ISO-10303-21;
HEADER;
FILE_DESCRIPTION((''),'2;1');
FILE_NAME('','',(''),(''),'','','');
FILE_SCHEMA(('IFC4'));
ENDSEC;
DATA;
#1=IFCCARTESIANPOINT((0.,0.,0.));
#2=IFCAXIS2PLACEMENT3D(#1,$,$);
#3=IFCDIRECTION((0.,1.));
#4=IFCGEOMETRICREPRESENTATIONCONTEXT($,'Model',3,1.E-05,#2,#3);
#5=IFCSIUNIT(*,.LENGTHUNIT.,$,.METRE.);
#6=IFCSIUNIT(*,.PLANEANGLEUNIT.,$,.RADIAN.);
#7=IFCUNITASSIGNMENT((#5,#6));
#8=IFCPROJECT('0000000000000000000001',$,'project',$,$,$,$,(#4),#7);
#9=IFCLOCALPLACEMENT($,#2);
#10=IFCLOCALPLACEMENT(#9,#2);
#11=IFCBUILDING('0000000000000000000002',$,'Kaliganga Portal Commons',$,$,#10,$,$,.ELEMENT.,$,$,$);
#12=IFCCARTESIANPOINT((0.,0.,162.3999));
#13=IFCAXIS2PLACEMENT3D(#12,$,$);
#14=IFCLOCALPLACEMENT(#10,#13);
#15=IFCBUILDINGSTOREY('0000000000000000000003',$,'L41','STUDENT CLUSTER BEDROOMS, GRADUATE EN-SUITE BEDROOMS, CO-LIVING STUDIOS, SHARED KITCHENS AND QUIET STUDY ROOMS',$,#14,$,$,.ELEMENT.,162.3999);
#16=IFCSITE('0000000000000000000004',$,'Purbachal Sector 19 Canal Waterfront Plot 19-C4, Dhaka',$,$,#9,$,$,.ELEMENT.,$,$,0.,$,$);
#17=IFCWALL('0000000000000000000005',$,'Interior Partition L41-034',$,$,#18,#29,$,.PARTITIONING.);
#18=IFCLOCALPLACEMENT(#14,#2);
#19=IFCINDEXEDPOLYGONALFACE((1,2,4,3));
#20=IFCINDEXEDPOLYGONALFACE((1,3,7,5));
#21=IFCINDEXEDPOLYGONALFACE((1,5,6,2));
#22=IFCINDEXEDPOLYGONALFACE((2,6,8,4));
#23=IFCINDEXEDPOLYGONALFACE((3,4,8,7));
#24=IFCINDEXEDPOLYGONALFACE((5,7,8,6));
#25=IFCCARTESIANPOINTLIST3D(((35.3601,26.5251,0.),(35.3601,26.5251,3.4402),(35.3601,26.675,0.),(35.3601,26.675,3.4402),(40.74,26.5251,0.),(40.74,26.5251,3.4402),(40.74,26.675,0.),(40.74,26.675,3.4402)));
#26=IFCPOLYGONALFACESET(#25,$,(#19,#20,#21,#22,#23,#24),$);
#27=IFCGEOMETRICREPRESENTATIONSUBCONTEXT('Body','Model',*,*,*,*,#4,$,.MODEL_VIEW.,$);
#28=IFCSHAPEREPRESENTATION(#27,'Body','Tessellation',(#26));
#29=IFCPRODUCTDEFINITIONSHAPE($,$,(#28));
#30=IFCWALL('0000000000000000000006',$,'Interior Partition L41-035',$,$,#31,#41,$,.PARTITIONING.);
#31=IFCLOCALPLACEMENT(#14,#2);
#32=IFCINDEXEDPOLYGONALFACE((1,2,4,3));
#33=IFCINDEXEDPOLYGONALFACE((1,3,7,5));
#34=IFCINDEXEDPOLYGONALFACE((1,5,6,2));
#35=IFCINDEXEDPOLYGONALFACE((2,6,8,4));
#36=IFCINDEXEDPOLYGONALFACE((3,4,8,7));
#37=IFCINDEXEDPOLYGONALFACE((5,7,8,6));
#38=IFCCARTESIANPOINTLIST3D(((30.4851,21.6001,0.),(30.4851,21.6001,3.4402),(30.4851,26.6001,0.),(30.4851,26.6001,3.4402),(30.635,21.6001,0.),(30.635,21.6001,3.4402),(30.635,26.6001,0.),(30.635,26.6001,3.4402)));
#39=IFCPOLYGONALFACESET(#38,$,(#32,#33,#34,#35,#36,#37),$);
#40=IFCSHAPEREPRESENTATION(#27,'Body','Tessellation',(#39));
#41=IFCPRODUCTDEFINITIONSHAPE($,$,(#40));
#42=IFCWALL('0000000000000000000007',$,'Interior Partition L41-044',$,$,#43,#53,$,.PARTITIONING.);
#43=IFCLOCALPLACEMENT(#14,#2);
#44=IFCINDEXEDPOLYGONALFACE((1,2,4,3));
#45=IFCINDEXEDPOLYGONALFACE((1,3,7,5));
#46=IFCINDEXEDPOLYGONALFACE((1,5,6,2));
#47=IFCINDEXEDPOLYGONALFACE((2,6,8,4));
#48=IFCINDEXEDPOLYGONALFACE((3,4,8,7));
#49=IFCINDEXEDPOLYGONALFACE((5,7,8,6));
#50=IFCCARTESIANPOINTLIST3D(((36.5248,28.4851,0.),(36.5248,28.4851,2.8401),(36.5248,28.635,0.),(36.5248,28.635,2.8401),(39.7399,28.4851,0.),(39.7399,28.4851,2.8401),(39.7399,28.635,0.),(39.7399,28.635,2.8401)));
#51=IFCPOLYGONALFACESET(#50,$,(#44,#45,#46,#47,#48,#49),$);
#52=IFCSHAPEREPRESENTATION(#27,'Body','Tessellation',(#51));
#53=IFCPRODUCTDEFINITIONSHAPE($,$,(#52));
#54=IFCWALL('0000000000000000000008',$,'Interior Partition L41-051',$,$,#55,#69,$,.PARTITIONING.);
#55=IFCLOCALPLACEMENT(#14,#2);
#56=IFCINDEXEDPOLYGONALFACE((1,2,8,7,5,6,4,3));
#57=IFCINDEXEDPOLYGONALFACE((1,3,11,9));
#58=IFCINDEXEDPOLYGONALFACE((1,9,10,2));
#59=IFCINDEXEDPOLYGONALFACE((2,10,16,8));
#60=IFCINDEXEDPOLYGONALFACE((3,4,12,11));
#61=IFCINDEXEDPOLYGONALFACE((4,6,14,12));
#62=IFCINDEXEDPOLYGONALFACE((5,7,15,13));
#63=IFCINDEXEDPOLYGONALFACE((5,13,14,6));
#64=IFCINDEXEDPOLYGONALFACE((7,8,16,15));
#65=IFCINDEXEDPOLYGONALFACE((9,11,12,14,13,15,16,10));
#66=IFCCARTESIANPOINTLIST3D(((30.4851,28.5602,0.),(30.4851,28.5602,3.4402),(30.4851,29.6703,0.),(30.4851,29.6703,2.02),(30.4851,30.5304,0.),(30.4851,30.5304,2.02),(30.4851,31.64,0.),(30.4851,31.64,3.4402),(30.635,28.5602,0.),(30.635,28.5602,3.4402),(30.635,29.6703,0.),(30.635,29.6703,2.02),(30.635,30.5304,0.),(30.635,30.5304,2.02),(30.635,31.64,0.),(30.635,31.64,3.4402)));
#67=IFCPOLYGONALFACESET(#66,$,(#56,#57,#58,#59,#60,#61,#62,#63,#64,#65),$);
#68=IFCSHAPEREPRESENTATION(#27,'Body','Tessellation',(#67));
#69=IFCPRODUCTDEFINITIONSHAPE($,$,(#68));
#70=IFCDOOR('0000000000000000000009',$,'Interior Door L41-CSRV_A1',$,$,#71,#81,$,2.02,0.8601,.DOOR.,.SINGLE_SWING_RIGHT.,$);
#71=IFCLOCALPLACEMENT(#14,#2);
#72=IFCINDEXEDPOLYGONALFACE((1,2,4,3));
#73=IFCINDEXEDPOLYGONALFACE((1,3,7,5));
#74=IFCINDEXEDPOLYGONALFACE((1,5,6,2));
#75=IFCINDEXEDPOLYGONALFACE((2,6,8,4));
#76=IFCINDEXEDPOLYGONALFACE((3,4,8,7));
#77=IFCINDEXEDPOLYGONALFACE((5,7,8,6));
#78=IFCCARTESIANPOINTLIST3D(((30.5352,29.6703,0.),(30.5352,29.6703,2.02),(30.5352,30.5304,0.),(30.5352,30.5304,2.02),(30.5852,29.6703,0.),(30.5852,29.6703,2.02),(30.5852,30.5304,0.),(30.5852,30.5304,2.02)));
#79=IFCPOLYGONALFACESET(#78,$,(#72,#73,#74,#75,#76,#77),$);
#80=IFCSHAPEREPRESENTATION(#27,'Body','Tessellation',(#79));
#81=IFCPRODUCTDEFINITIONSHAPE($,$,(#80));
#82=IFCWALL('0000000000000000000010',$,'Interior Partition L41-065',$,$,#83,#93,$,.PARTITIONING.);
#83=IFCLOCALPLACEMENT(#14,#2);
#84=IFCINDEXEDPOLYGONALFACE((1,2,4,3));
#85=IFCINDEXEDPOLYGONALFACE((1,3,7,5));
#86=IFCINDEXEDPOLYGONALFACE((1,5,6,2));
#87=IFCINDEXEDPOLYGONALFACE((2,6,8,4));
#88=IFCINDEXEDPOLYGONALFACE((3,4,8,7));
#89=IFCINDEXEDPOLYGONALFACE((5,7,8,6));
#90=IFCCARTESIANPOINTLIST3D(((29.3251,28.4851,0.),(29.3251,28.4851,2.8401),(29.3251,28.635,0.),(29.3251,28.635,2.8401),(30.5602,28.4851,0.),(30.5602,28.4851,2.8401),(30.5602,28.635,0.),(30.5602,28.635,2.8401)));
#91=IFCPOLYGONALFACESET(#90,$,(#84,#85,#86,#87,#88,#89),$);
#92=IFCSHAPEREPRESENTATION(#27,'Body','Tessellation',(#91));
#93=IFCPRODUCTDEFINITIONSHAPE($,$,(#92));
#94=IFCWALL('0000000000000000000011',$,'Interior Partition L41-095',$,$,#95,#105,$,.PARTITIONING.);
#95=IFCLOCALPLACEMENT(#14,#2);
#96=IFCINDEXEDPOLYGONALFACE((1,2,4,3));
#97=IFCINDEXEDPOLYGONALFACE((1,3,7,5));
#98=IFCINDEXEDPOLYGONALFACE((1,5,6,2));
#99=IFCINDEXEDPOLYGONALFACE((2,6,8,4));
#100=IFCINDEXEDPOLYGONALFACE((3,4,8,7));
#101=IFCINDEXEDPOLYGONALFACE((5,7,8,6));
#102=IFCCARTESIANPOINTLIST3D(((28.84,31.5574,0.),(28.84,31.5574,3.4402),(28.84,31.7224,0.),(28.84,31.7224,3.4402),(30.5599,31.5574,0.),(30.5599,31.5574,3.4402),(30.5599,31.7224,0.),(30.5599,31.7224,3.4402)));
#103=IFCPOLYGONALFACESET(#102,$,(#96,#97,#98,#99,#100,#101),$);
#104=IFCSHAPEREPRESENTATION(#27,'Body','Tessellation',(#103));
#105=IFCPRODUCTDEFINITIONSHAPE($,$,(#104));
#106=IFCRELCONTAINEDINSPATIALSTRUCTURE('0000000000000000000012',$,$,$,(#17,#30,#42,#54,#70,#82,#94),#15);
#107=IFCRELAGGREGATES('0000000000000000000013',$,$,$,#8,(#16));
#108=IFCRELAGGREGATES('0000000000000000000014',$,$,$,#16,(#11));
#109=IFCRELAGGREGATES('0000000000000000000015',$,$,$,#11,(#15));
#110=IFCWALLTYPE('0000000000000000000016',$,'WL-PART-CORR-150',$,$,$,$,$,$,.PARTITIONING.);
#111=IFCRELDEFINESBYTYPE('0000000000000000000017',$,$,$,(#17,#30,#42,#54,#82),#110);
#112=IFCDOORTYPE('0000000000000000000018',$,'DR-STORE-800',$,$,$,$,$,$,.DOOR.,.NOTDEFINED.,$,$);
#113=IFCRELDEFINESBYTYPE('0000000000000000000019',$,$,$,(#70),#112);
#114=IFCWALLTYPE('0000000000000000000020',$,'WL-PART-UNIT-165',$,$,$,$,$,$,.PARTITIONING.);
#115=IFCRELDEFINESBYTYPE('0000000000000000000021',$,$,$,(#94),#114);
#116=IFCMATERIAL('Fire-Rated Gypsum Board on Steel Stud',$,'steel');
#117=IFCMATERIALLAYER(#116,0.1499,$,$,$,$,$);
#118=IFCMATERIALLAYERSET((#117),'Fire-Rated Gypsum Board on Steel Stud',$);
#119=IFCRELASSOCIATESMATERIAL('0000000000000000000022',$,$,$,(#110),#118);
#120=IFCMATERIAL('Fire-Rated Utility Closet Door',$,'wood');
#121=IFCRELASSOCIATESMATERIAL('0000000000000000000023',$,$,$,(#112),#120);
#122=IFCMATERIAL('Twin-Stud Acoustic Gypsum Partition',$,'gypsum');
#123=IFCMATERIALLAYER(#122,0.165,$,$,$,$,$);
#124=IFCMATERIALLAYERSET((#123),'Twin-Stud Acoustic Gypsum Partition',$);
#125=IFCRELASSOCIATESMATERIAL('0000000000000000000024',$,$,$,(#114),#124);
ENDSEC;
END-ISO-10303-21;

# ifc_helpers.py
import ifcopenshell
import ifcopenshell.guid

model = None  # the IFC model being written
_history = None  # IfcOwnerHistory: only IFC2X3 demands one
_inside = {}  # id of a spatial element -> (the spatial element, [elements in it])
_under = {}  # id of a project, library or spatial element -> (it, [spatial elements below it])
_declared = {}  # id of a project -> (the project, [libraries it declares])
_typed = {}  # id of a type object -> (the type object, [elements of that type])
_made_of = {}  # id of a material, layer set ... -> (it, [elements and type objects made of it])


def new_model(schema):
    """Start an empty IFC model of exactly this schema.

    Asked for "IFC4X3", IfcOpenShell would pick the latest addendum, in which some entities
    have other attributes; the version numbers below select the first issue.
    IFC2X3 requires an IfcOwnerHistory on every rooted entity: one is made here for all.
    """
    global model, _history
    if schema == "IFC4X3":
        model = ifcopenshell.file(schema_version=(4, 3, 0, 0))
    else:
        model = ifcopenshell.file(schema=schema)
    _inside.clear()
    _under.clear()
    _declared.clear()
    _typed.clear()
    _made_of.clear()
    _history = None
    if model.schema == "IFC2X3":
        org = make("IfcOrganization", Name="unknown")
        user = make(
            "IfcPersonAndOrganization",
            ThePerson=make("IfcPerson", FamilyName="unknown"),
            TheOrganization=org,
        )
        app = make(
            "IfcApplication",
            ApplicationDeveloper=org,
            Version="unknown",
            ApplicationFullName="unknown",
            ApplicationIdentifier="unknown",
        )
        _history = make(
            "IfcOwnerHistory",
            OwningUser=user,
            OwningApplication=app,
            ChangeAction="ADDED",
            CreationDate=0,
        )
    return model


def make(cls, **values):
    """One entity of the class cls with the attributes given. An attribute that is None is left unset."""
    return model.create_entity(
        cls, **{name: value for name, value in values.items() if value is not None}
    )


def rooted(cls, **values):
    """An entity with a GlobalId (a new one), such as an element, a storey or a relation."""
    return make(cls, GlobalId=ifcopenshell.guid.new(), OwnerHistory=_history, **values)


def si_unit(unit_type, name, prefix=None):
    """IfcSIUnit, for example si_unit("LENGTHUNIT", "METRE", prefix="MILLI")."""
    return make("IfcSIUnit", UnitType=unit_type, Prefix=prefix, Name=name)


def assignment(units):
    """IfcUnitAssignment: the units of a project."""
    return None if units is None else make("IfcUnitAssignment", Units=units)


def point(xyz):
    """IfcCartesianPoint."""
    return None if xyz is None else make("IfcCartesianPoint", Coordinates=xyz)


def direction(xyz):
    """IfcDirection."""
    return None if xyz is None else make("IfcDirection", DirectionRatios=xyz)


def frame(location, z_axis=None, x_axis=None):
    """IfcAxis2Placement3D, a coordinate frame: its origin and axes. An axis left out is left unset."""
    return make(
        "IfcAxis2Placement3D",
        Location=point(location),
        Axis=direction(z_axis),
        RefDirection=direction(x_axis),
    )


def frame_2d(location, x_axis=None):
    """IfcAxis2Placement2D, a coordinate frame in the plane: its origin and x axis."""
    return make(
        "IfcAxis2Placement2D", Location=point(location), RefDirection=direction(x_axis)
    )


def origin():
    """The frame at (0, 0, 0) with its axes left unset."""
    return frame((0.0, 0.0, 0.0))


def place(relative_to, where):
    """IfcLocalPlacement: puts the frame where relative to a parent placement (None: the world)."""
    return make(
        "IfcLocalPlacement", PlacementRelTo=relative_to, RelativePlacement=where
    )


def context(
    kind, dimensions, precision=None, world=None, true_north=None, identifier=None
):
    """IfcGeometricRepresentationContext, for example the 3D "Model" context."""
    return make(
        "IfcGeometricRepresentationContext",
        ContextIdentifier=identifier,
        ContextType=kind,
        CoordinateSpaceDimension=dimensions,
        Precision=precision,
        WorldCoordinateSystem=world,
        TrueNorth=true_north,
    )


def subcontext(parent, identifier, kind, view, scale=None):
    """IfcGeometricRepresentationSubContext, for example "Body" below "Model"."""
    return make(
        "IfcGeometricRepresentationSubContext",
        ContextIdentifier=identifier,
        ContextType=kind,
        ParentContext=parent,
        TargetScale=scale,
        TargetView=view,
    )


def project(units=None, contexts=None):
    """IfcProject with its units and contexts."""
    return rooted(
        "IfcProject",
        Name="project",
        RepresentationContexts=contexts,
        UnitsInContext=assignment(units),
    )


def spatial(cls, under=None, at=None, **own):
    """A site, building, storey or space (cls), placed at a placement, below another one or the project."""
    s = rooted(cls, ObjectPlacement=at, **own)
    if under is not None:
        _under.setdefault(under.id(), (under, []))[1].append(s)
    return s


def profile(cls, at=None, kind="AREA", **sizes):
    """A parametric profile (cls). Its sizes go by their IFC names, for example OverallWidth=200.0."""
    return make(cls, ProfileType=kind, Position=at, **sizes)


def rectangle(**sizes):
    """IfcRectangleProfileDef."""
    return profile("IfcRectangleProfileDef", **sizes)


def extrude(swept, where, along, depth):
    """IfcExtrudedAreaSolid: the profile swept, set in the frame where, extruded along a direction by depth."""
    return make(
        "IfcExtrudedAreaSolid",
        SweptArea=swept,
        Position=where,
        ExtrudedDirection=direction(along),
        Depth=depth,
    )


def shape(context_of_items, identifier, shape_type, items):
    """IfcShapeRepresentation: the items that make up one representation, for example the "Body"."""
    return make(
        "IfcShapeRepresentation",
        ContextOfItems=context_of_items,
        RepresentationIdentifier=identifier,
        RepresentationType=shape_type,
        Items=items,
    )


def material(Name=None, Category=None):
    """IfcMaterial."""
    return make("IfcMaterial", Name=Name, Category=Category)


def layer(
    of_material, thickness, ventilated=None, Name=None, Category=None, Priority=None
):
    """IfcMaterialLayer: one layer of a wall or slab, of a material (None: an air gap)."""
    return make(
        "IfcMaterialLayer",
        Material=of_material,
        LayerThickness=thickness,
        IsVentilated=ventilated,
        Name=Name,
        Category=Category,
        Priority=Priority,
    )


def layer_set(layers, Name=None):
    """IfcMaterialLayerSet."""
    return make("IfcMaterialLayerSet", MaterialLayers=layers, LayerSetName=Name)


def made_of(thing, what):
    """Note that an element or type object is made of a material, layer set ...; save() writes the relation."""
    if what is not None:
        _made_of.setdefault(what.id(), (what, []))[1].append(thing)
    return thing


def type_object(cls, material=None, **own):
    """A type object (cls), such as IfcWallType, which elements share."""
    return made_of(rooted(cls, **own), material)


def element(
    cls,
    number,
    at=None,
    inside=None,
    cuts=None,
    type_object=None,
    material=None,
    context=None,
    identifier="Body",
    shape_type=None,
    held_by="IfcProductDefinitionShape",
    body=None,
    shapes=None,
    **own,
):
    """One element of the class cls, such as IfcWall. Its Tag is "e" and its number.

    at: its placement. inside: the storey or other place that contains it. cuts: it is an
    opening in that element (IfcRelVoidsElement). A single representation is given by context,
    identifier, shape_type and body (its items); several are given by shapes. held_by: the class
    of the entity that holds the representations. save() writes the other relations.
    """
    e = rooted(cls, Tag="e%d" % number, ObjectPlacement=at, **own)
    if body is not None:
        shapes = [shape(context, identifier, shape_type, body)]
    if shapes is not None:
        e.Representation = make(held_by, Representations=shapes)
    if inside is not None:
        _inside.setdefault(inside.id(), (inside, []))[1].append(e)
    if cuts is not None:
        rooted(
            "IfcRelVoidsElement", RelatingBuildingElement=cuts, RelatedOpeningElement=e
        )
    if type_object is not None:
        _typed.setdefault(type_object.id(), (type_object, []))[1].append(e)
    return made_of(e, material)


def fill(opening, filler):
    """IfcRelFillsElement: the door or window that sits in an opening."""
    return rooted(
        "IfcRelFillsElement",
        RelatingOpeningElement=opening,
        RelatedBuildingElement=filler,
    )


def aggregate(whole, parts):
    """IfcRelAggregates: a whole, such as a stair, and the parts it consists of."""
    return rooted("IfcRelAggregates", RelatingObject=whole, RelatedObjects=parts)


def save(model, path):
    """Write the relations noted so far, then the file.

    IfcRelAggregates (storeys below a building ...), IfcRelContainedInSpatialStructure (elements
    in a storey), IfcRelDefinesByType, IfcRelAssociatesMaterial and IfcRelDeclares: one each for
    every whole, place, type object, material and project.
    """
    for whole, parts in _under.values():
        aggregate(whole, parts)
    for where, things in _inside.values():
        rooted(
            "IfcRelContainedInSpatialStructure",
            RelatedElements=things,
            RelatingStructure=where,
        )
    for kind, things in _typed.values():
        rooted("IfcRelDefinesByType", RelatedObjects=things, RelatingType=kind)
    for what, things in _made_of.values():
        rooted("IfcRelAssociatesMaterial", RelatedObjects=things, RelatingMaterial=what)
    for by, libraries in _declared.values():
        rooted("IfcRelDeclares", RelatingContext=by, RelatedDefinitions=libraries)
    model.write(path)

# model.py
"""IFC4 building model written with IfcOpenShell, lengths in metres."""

from ifc_helpers import new_model, si_unit, direction, frame, frame_2d, origin, place, context, subcontext, project, spatial, rectangle, extrude, material, layer, layer_set, type_object, element, fill, save


model = new_model("IFC4")

# Units and contexts
model_context = context("Model", 3, precision=1e-05, world=origin(), true_north=direction((0.0, 1.0)))
body_context = subcontext(model_context, "Body", "Model", "MODEL_VIEW")
ifc_project = project(units=[si_unit("LENGTHUNIT", "METRE"), si_unit("PLANEANGLEUNIT", "RADIAN")], contexts=[model_context])

# Site, building, storey
site_placement = place(None, origin())
site = spatial("IfcSite", under=ifc_project, at=site_placement, Name="Purbachal Sector 19 Canal Waterfront Plot 19-C4, Dhaka", CompositionType="ELEMENT", RefElevation=0.0)
building_placement = place(site_placement, origin())
building = spatial("IfcBuilding", under=site, at=building_placement, Name="Kaliganga Portal Commons", CompositionType="ELEMENT")
storey_placement = place(building_placement, frame((0.0, 0.0, 162.3999)))
storey = spatial("IfcBuildingStorey", under=building, at=storey_placement, Name="L41", Description="STUDENT CLUSTER BEDROOMS, GRADUATE EN-SUITE BEDROOMS, CO-LIVING STUDIOS, SHARED KITCHENS AND QUIET STUDY ROOMS", CompositionType="ELEMENT", Elevation=162.3999)

# Shared definitions
ifc_material_1 = material(Name="Fire-Rated Gypsum Board on Steel Stud", Category="steel")
ifc_layer_1 = layer(ifc_material_1, 0.1499)
ifc_layer_set_1 = layer_set([ifc_layer_1], Name="Fire-Rated Gypsum Board on Steel Stud")
wall_type_1 = type_object("IfcWallType", Name="WL-PART-CORR-150", PredefinedType="PARTITIONING", material=ifc_layer_set_1)

# Walls
wall_1_placement = place(storey_placement, frame((35.3601, 26.6001, 0.0), z_axis=(0.0, 0.0, 1.0), x_axis=(1.0, 0.0, 0.0)))
element("IfcWall", 1, at=wall_1_placement, inside=storey, type_object=wall_type_1, Name="Interior Partition L41-034", PredefinedType="PARTITIONING", context=body_context, shape_type="SweptSolid", body=[
    extrude(rectangle(XDim=5.3799, YDim=0.1499, at=frame_2d((2.6899, 0.0))), origin(), (0.0, 0.0, 1.0), 3.4402),
])
wall_2_placement = place(storey_placement, frame((30.5601, 21.6001, 0.0), z_axis=(0.0, 0.0, 1.0), x_axis=(0.0, 1.0, 0.0)))
element("IfcWall", 2, at=wall_2_placement, inside=storey, type_object=wall_type_1, Name="Interior Partition L41-035", PredefinedType="PARTITIONING", context=body_context, shape_type="SweptSolid", body=[
    extrude(rectangle(XDim=5.0, YDim=0.1499, at=frame_2d((2.5, 0.0))), origin(), (0.0, 0.0, 1.0), 3.4402),
])

# Wall
wall_3_placement = place(storey_placement, frame((36.5249, 28.5601, 0.0), z_axis=(0.0, 0.0, 1.0), x_axis=(1.0, 0.0, 0.0)))
element("IfcWall", 3, at=wall_3_placement, inside=storey, type_object=wall_type_1, Name="Interior Partition L41-044", PredefinedType="PARTITIONING", context=body_context, shape_type="SweptSolid", body=[
    extrude(rectangle(XDim=3.2151, YDim=0.1499, at=frame_2d((1.6074, 0.0))), origin(), (0.0, 0.0, 1.0), 2.8401),
])

# Wall, opening, door
wall_4_placement = place(storey_placement, frame((30.5601, 28.5601, 0.0), z_axis=(0.0, 0.0, 1.0), x_axis=(0.0, 1.0, 0.0)))
wall_4 = element("IfcWall", 4, at=wall_4_placement, inside=storey, type_object=wall_type_1, Name="Interior Partition L41-051", PredefinedType="PARTITIONING", context=body_context, shape_type="SweptSolid", body=[
    extrude(rectangle(XDim=3.0798, YDim=0.1499, at=frame_2d((1.54, 0.0))), origin(), (0.0, 0.0, 1.0), 3.4402),
])
opening_1_placement = place(wall_4_placement, frame((1.1101, 0.0, 0.0)))
opening_1 = element("IfcOpeningElement", 5, at=opening_1_placement, cuts=wall_4, PredefinedType="OPENING", context=body_context, shape_type="SweptSolid", body=[
    extrude(rectangle(XDim=0.8601, YDim=2.02, at=frame_2d((0.4302, 1.01))), frame((0.0, 0.085, 0.0), z_axis=(0.0, -1.0, 0.0), x_axis=(1.0, 0.0, 0.0)), (0.0, 0.0, 1.0), 0.1699),
])
ifc_material_2 = material(Name="Fire-Rated Utility Closet Door", Category="wood")
door_type_1 = type_object("IfcDoorType", Name="DR-STORE-800", OperationType="NOTDEFINED", PredefinedType="DOOR", material=ifc_material_2)
door_1_placement = place(opening_1_placement, origin())
door_1 = element("IfcDoor", 6, at=door_1_placement, inside=storey, type_object=door_type_1, Name="Interior Door L41-CSRV_A1", OperationType="SINGLE_SWING_RIGHT", OverallHeight=2.02, OverallWidth=0.8601, PredefinedType="DOOR", context=body_context, shape_type="SweptSolid", body=[
    extrude(rectangle(XDim=0.8601, YDim=2.02, at=frame_2d((0.4302, 1.01))), frame((0.0, 0.0249, 0.0), z_axis=(0.0, -1.0, 0.0), x_axis=(1.0, 0.0, 0.0)), (0.0, 0.0, 1.0), 0.05),
])
fill(opening_1, door_1)

# Walls
wall_5_placement = place(storey_placement, frame((29.325, 28.5601, 0.0), z_axis=(0.0, 0.0, 1.0), x_axis=(1.0, 0.0, 0.0)))
element("IfcWall", 7, at=wall_5_placement, inside=storey, type_object=wall_type_1, Name="Interior Partition L41-065", PredefinedType="PARTITIONING", context=body_context, shape_type="SweptSolid", body=[
    extrude(rectangle(XDim=1.2351, YDim=0.1499, at=frame_2d((0.6177, 0.0))), origin(), (0.0, 0.0, 1.0), 2.8401),
])
ifc_material_3 = material(Name="Twin-Stud Acoustic Gypsum Partition", Category="gypsum")
ifc_layer_2 = layer(ifc_material_3, 0.165)
ifc_layer_set_2 = layer_set([ifc_layer_2], Name="Twin-Stud Acoustic Gypsum Partition")
wall_type_2 = type_object("IfcWallType", Name="WL-PART-UNIT-165", PredefinedType="PARTITIONING", material=ifc_layer_set_2)
wall_6_placement = place(storey_placement, frame((28.8401, 31.6399, 0.0), z_axis=(0.0, 0.0, 1.0), x_axis=(1.0, 0.0, 0.0)))
element("IfcWall", 8, at=wall_6_placement, inside=storey, type_object=wall_type_2, Name="Interior Partition L41-095", PredefinedType="PARTITIONING", context=body_context, shape_type="SweptSolid", body=[
    extrude(rectangle(XDim=1.72, YDim=0.165, at=frame_2d((0.8599, 0.0))), origin(), (0.0, 0.0, 1.0), 3.4402),
])

save(model, "model.ifc")
